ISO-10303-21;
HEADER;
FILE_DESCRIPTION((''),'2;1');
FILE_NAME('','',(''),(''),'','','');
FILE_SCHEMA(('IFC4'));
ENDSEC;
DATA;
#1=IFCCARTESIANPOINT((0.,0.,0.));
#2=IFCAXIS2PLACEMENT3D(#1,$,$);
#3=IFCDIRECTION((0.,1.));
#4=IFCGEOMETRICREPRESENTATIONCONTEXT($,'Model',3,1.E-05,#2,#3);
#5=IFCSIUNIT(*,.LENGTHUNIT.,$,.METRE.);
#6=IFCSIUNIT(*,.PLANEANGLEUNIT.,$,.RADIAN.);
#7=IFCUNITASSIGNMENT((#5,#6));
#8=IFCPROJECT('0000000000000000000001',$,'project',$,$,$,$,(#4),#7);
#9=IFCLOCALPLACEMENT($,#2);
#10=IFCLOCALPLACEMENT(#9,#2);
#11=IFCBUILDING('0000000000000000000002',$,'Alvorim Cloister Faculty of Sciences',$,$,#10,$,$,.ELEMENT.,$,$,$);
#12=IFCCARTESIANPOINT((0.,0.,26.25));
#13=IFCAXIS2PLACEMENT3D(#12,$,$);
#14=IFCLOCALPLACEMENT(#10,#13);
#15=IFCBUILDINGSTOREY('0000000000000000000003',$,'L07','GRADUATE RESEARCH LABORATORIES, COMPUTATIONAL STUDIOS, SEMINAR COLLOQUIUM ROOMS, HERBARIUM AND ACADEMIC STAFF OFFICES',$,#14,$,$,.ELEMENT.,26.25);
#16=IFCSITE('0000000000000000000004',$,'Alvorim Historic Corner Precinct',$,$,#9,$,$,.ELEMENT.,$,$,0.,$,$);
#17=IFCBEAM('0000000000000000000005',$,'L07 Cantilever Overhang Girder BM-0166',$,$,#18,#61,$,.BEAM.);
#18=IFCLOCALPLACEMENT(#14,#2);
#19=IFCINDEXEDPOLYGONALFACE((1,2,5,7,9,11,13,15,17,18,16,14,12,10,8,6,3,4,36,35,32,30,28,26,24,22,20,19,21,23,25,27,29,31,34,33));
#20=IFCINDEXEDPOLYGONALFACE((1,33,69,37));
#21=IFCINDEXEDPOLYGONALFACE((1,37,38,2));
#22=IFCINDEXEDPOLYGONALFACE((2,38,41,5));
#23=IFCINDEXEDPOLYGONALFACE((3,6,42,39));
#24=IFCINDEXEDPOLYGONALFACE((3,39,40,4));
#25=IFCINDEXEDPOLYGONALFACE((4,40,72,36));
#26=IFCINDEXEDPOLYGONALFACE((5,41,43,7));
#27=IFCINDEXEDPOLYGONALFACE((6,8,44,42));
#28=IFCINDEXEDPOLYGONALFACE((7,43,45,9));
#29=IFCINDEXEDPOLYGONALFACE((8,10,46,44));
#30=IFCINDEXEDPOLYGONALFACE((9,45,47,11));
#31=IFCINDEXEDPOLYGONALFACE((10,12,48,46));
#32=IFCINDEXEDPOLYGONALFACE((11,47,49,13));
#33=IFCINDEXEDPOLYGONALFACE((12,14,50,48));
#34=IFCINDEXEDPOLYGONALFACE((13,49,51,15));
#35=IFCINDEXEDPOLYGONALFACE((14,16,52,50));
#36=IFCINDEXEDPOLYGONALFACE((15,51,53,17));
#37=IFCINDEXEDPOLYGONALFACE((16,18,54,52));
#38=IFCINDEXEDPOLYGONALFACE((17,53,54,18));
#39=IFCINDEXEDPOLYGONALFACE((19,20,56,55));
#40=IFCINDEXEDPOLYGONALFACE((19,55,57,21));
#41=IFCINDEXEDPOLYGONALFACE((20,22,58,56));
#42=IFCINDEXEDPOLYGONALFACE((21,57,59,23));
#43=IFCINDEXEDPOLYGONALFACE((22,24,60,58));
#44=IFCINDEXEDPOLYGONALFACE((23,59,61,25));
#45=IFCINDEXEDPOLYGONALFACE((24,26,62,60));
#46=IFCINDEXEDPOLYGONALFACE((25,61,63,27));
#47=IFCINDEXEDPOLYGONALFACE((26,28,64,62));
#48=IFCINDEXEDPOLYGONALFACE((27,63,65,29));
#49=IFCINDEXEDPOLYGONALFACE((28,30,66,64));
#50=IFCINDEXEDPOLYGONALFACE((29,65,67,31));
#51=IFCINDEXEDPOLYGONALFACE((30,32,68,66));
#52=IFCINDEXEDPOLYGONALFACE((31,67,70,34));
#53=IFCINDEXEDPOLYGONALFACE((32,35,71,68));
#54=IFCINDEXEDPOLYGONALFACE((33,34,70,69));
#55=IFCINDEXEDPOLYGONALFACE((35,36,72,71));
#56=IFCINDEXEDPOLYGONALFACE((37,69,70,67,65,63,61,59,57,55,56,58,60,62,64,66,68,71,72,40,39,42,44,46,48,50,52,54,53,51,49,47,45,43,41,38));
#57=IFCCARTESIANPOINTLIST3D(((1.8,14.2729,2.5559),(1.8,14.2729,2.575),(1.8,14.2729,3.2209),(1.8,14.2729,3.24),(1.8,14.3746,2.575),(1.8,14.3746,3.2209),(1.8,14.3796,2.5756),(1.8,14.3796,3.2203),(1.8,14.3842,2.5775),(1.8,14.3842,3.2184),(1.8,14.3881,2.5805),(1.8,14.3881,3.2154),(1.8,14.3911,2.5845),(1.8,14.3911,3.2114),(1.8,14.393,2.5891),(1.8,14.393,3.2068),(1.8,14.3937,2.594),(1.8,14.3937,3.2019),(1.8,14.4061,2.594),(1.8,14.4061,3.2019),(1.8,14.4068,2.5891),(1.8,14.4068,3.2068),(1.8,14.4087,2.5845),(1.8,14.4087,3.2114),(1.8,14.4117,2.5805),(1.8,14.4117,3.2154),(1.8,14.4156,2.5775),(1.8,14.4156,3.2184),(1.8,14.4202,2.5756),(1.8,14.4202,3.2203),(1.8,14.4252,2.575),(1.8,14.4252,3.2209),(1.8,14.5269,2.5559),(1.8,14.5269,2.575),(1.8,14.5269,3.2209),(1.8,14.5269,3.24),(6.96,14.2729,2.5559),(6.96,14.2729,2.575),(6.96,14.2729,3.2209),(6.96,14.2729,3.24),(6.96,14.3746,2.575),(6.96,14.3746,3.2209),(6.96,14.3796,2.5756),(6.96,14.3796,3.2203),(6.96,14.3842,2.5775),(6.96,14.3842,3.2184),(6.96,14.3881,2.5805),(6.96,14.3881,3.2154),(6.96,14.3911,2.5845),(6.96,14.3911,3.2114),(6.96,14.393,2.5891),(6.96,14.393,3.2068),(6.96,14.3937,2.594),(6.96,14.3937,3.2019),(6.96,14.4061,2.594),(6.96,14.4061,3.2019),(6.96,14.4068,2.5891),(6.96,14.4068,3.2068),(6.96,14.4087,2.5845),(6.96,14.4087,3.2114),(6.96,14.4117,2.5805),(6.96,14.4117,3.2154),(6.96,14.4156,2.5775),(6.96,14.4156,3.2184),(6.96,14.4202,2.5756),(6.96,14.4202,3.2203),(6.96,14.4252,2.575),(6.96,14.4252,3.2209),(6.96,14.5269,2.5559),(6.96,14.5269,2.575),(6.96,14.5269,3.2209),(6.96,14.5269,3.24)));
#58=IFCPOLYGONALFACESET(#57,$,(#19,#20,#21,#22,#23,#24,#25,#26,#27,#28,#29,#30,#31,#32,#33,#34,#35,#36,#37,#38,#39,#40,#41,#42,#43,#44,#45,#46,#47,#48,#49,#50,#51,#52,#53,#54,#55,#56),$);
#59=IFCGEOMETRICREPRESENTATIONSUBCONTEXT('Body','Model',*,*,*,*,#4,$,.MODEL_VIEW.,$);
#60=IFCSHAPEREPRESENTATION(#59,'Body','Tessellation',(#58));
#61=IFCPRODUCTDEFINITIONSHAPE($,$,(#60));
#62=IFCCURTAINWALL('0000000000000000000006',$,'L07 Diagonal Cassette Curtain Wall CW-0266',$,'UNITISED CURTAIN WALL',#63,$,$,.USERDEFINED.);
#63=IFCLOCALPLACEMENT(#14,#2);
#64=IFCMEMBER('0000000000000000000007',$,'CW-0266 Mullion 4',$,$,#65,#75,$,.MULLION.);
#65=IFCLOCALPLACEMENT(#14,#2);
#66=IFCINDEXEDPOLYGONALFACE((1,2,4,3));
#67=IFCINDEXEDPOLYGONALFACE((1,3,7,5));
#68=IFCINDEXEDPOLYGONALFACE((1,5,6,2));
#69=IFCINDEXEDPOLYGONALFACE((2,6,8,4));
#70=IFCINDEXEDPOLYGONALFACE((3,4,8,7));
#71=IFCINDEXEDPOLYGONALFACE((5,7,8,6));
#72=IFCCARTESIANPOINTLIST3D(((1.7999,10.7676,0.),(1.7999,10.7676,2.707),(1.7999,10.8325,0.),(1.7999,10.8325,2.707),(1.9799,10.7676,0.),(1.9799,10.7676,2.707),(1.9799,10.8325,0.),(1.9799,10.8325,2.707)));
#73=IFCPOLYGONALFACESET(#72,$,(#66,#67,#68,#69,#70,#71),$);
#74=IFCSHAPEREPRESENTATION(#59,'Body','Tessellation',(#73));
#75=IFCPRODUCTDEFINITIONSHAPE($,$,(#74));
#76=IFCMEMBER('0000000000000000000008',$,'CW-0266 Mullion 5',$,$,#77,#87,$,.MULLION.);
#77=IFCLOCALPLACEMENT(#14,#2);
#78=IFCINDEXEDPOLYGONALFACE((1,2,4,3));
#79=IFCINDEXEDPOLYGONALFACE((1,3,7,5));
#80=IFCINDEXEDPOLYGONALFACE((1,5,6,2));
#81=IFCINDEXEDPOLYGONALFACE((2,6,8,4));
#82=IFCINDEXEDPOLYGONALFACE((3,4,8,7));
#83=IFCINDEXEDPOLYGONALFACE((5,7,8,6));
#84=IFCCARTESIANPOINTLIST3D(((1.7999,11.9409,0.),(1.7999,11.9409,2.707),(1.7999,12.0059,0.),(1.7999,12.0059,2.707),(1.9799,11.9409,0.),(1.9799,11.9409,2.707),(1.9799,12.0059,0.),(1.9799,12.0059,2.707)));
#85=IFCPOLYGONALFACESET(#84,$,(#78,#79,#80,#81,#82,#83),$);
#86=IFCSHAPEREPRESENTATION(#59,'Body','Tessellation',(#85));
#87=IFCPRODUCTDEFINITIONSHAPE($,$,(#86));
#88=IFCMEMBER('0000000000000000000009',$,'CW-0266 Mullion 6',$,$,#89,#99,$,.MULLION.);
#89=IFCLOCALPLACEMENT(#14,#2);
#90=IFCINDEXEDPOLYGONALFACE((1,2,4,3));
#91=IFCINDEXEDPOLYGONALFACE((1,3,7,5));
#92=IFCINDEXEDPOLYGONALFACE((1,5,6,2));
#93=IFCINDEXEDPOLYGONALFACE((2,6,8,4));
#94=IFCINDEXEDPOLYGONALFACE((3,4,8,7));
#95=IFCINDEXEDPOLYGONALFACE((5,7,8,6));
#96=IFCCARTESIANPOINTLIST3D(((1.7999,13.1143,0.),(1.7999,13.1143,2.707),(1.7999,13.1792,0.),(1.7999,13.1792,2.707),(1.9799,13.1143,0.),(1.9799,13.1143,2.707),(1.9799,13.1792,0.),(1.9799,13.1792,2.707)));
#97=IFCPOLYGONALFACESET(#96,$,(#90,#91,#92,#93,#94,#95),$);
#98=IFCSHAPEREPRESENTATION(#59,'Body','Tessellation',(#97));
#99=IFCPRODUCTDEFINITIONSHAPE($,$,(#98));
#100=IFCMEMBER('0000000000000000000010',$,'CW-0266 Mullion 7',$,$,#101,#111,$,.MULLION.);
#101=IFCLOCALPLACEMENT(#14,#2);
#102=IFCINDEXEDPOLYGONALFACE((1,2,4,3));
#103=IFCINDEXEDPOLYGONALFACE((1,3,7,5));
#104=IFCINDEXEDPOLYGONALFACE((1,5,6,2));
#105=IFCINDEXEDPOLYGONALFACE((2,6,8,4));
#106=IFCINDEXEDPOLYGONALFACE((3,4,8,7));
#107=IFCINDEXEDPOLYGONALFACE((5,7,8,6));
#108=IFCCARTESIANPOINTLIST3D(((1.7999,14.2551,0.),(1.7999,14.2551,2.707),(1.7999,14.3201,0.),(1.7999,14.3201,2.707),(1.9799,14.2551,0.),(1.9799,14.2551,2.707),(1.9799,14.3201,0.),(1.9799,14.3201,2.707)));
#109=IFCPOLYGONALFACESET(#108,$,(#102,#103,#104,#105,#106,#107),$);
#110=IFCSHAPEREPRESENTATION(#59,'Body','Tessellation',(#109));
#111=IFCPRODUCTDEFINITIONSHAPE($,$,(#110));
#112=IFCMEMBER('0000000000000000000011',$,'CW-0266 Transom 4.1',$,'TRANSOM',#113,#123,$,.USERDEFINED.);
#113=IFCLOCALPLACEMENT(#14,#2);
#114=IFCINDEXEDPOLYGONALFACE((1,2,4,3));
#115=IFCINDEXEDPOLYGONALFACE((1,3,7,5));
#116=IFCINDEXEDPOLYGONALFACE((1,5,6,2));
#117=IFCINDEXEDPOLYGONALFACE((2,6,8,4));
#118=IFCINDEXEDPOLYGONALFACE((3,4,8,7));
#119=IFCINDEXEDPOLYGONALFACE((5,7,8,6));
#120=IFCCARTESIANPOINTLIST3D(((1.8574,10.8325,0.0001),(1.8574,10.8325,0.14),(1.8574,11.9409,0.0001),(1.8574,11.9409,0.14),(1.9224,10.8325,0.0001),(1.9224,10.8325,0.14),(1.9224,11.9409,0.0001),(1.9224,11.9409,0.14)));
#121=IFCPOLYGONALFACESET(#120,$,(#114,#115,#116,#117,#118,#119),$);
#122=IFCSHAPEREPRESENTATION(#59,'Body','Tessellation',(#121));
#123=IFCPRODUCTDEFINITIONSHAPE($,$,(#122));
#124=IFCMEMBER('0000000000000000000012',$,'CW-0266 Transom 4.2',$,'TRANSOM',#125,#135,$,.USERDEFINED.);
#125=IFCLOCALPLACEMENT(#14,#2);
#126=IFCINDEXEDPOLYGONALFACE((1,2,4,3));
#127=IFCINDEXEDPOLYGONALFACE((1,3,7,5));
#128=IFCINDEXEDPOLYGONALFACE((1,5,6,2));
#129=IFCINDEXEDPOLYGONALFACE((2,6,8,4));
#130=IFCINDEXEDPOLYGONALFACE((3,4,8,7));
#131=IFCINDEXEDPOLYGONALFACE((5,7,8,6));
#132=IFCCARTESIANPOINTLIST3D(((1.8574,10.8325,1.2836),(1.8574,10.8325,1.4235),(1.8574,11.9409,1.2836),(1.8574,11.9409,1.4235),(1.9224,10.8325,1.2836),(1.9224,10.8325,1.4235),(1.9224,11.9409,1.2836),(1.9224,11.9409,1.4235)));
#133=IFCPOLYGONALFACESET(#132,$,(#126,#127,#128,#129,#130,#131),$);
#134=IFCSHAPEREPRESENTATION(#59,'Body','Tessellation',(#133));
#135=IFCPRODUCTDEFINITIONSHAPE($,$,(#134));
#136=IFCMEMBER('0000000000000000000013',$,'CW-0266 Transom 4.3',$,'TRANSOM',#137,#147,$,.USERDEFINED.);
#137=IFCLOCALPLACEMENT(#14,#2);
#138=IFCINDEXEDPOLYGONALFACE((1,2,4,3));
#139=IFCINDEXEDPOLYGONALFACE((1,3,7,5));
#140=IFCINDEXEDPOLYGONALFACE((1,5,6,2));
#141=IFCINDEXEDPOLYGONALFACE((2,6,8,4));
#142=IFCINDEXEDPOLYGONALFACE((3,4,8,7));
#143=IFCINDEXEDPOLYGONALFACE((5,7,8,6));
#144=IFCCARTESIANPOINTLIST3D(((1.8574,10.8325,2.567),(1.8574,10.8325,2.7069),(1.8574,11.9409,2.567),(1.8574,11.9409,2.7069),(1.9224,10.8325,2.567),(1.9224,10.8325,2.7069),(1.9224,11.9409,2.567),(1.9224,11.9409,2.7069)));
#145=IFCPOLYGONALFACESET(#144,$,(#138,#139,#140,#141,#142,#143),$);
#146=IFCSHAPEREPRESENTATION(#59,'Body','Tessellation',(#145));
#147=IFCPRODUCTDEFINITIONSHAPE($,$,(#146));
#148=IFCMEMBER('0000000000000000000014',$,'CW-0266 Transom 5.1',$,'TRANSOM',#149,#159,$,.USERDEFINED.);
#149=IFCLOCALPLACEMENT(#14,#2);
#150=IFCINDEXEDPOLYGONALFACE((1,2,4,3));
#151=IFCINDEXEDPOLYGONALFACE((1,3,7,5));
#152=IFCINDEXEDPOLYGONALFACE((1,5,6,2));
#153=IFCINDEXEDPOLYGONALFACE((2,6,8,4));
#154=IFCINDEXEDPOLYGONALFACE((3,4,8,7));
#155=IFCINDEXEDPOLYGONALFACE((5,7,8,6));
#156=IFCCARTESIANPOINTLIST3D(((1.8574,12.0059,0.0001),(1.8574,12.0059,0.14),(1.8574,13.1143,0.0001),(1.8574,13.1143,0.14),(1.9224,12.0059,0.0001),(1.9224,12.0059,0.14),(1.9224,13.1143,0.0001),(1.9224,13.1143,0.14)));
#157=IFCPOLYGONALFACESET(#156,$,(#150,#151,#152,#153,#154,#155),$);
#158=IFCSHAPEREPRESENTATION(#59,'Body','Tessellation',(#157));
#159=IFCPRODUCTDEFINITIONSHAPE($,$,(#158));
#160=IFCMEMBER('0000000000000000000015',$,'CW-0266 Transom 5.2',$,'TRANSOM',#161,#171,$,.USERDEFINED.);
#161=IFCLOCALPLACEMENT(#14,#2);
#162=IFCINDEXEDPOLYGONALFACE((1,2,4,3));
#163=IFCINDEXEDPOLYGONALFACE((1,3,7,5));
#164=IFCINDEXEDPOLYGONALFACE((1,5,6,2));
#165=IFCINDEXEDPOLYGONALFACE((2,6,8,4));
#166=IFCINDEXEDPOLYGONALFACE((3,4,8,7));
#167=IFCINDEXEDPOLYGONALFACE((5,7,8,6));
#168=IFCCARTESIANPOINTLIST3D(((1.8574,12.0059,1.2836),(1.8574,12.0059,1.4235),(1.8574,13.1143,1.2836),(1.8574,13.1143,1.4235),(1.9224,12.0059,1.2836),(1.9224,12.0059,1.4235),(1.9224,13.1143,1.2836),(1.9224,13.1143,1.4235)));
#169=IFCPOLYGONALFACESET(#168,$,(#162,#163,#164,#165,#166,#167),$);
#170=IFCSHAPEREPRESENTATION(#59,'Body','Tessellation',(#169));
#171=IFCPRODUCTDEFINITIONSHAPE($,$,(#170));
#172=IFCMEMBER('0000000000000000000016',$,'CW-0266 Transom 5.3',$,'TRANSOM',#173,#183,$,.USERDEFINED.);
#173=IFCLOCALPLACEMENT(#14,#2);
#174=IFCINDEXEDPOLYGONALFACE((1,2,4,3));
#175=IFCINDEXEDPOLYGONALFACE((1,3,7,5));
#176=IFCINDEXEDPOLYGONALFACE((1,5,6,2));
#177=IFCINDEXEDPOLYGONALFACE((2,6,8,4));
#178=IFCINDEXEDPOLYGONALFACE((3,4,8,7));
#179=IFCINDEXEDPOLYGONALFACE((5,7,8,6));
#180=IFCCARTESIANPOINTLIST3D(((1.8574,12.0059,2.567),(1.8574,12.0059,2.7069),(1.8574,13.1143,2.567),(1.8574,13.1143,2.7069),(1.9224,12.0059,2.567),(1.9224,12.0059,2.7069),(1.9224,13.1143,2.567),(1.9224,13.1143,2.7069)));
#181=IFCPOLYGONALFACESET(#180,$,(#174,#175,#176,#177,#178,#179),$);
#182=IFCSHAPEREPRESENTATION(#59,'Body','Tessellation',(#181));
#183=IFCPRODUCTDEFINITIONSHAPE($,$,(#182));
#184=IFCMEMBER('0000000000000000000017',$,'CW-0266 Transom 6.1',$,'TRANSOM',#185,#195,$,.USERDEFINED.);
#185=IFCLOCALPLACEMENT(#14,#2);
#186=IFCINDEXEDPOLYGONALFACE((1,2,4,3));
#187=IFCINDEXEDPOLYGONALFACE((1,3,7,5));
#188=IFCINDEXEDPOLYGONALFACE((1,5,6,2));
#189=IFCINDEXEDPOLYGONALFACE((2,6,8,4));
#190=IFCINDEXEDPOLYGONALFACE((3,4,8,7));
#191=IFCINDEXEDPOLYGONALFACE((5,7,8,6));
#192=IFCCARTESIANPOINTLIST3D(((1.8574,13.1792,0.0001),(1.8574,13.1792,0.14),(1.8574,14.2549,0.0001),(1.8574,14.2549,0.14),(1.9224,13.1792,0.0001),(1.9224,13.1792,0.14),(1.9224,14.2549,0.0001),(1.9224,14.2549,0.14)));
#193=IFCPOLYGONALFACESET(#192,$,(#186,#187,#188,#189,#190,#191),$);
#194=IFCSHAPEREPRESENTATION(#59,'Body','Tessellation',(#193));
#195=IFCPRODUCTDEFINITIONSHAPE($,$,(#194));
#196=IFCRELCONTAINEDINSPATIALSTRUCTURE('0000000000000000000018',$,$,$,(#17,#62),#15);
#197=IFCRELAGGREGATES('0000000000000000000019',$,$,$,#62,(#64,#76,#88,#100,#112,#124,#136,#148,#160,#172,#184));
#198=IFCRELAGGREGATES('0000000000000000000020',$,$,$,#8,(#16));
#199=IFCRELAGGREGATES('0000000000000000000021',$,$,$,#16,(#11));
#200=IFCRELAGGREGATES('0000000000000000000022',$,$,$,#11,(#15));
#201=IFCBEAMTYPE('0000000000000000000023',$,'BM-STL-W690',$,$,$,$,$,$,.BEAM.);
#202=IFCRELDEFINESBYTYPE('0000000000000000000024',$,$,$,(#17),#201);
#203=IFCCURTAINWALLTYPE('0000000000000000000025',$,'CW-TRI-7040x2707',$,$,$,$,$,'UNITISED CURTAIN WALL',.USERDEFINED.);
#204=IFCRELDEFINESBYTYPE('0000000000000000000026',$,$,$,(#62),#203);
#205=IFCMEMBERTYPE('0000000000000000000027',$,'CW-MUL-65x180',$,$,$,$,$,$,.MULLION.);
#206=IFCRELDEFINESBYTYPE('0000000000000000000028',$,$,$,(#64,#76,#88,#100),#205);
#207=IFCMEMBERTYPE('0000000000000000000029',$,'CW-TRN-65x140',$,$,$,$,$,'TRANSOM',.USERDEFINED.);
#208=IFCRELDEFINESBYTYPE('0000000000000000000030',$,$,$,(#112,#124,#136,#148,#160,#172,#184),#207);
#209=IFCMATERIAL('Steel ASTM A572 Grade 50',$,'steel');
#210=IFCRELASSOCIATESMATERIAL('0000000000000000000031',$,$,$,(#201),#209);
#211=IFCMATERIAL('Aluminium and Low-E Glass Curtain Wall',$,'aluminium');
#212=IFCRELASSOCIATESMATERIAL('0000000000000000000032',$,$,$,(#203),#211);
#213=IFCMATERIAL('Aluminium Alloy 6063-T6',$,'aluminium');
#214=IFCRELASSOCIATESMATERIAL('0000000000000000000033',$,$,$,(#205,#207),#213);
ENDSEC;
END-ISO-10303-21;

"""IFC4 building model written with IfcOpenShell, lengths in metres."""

from ifc_helpers import new_model, si_unit, direction, frame, origin, origin_2d, place, context, subcontext, project, spatial, rectangle, i_section, extrude, material, material_profile, profile_set, type_object, element, aggregate, save


model = new_model("IFC4")

# Units and contexts
model_context = context("Model", 3, precision=1e-05, world=origin(), true_north=direction((0.0, 1.0)))
body_context = subcontext(model_context, "Body", "Model", "MODEL_VIEW")
ifc_project = project(units=[si_unit("LENGTHUNIT", "METRE"), si_unit("PLANEANGLEUNIT", "RADIAN")], contexts=[model_context])

# Site, building, storey
site_placement = place(None, origin())
site = spatial("IfcSite", under=ifc_project, at=site_placement, Name="Alvorim Historic Corner Precinct", CompositionType="ELEMENT", RefElevation=0.0)
building_placement = place(site_placement, origin())
building = spatial("IfcBuilding", under=site, at=building_placement, Name="Alvorim Cloister Faculty of Sciences", CompositionType="ELEMENT")
storey_placement = place(building_placement, frame((0.0, 0.0, 26.25)))
storey = spatial("IfcBuildingStorey", under=building, at=storey_placement, Name="L07", Description="GRADUATE RESEARCH LABORATORIES, COMPUTATIONAL STUDIOS, SEMINAR COLLOQUIUM ROOMS, HERBARIUM AND ACADEMIC STAFF OFFICES", CompositionType="ELEMENT", Elevation=26.25)

# Beam
ifc_material_1 = material(Name="Steel ASTM A572 Grade 50", Category="steel")
ifc_material_profile_1 = material_profile(ifc_material_1, i_section(OverallWidth=0.2539, OverallDepth=0.6841, WebThickness=0.0125, FlangeThickness=0.019, FilletRadius=0.019, at=origin_2d()), Name="W690x140.0")
ifc_profile_set_1 = profile_set([ifc_material_profile_1], Name="Steel ASTM A572 Grade 50")
beam_type_1 = type_object("IfcBeamType", Name="BM-STL-W690", PredefinedType="BEAM", material=ifc_profile_set_1)
beam_1_placement = place(storey_placement, frame((1.8, 14.3999, 2.8979), z_axis=(1.0, 0.0, 0.0), x_axis=(0.0, 1.0, 0.0)))
element("IfcBeam", 1, at=beam_1_placement, inside=storey, type_object=beam_type_1, Name="L07 Cantilever Overhang Girder BM-0166", PredefinedType="BEAM", context=body_context, shape_type="SweptSolid", body=[
    extrude(i_section(OverallWidth=0.2539, OverallDepth=0.6841, WebThickness=0.0125, FlangeThickness=0.019, FilletRadius=0.019, at=origin_2d()), origin(), (0.0, 0.0, 1.0), 5.1599),
])

# Curtain wall, members
ifc_material_2 = material(Name="Aluminium and Low-E Glass Curtain Wall", Category="aluminium")
curtain_wall_type = type_object("IfcCurtainWallType", Name="CW-TRI-7040x2707", ElementType="UNITISED CURTAIN WALL", PredefinedType="USERDEFINED", material=ifc_material_2)
curtain_wall_placement = place(storey_placement, origin())
curtain_wall = element("IfcCurtainWall", 2, at=curtain_wall_placement, inside=storey, type_object=curtain_wall_type, Name="L07 Diagonal Cassette Curtain Wall CW-0266", ObjectType="UNITISED CURTAIN WALL", PredefinedType="USERDEFINED")
ifc_material_3 = material(Name="Aluminium Alloy 6063-T6", Category="aluminium")
ifc_material_profile_2 = material_profile(ifc_material_3, rectangle(XDim=0.0649, YDim=0.1799, at=origin_2d()), Name="ALU-MUL-65x180")
ifc_profile_set_2 = profile_set([ifc_material_profile_2], Name="Aluminium Alloy 6063-T6")
member_type_1 = type_object("IfcMemberType", Name="CW-MUL-65x180", PredefinedType="MULLION", material=ifc_profile_set_2)
member_1_placement = place(storey_placement, frame((1.8899, 10.8, 0.0), z_axis=(0.0, 0.0, 1.0), x_axis=(0.0, 1.0, 0.0)))
member_1 = element("IfcMember", 3, at=member_1_placement, type_object=member_type_1, Name="CW-0266 Mullion 4", PredefinedType="MULLION", context=body_context, shape_type="SweptSolid", body=[
    extrude(rectangle(XDim=0.0649, YDim=0.1799, at=origin_2d()), origin(), (0.0, 0.0, 1.0), 2.707),
])
member_2_placement = place(storey_placement, frame((1.8899, 11.9734, 0.0), z_axis=(0.0, 0.0, 1.0), x_axis=(0.0, 1.0, 0.0)))
member_2 = element("IfcMember", 4, at=member_2_placement, type_object=member_type_1, Name="CW-0266 Mullion 5", PredefinedType="MULLION", context=body_context, shape_type="SweptSolid", body=[
    extrude(rectangle(XDim=0.0649, YDim=0.1799, at=origin_2d()), origin(), (0.0, 0.0, 1.0), 2.707),
])
member_3_placement = place(storey_placement, frame((1.8899, 13.1467, 0.0), z_axis=(0.0, 0.0, 1.0), x_axis=(0.0, 1.0, 0.0)))
member_3 = element("IfcMember", 5, at=member_3_placement, type_object=member_type_1, Name="CW-0266 Mullion 6", PredefinedType="MULLION", context=body_context, shape_type="SweptSolid", body=[
    extrude(rectangle(XDim=0.0649, YDim=0.1799, at=origin_2d()), origin(), (0.0, 0.0, 1.0), 2.707),
])
member_4_placement = place(storey_placement, frame((1.8899, 14.2876, 0.0), z_axis=(0.0, 0.0, 1.0), x_axis=(0.0, 1.0, 0.0)))
member_4 = element("IfcMember", 6, at=member_4_placement, type_object=member_type_1, Name="CW-0266 Mullion 7", PredefinedType="MULLION", context=body_context, shape_type="SweptSolid", body=[
    extrude(rectangle(XDim=0.0649, YDim=0.1799, at=origin_2d()), origin(), (0.0, 0.0, 1.0), 2.707),
])
ifc_material_profile_3 = material_profile(ifc_material_3, rectangle(XDim=0.0649, YDim=0.1399, at=origin_2d()), Name="ALU-TRN-65x140")
ifc_profile_set_3 = profile_set([ifc_material_profile_3], Name="Aluminium Alloy 6063-T6")
member_type_2 = type_object("IfcMemberType", Name="CW-TRN-65x140", ElementType="TRANSOM", PredefinedType="USERDEFINED", material=ifc_profile_set_3)
member_5_placement = place(storey_placement, frame((1.8899, 10.8325, 0.0701), z_axis=(0.0, 1.0, 0.0), x_axis=(-1.0, 0.0, 0.0)))
member_5 = element("IfcMember", 7, at=member_5_placement, type_object=member_type_2, Name="CW-0266 Transom 4.1", ObjectType="TRANSOM", PredefinedType="USERDEFINED", context=body_context, shape_type="SweptSolid", body=[
    extrude(rectangle(XDim=0.0649, YDim=0.1399, at=origin_2d()), origin(), (0.0, 0.0, 1.0), 1.1084),
])
member_6_placement = place(storey_placement, frame((1.8899, 10.8325, 1.3535), z_axis=(0.0, 1.0, 0.0), x_axis=(-1.0, 0.0, 0.0)))
member_6 = element("IfcMember", 8, at=member_6_placement, type_object=member_type_2, Name="CW-0266 Transom 4.2", ObjectType="TRANSOM", PredefinedType="USERDEFINED", context=body_context, shape_type="SweptSolid", body=[
    extrude(rectangle(XDim=0.0649, YDim=0.1399, at=origin_2d()), origin(), (0.0, 0.0, 1.0), 1.1084),
])
member_7_placement = place(storey_placement, frame((1.8899, 10.8325, 2.637), z_axis=(0.0, 1.0, 0.0), x_axis=(-1.0, 0.0, 0.0)))
member_7 = element("IfcMember", 9, at=member_7_placement, type_object=member_type_2, Name="CW-0266 Transom 4.3", ObjectType="TRANSOM", PredefinedType="USERDEFINED", context=body_context, shape_type="SweptSolid", body=[
    extrude(rectangle(XDim=0.0649, YDim=0.1399, at=origin_2d()), origin(), (0.0, 0.0, 1.0), 1.1084),
])
member_8_placement = place(storey_placement, frame((1.8899, 12.0059, 0.0701), z_axis=(0.0, 1.0, 0.0), x_axis=(-1.0, 0.0, 0.0)))
member_8 = element("IfcMember", 10, at=member_8_placement, type_object=member_type_2, Name="CW-0266 Transom 5.1", ObjectType="TRANSOM", PredefinedType="USERDEFINED", context=body_context, shape_type="SweptSolid", body=[
    extrude(rectangle(XDim=0.0649, YDim=0.1399, at=origin_2d()), origin(), (0.0, 0.0, 1.0), 1.1084),
])
member_9_placement = place(storey_placement, frame((1.8899, 12.0059, 1.3535), z_axis=(0.0, 1.0, 0.0), x_axis=(-1.0, 0.0, 0.0)))
member_9 = element("IfcMember", 11, at=member_9_placement, type_object=member_type_2, Name="CW-0266 Transom 5.2", ObjectType="TRANSOM", PredefinedType="USERDEFINED", context=body_context, shape_type="SweptSolid", body=[
    extrude(rectangle(XDim=0.0649, YDim=0.1399, at=origin_2d()), origin(), (0.0, 0.0, 1.0), 1.1084),
])
member_10_placement = place(storey_placement, frame((1.8899, 12.0059, 2.637), z_axis=(0.0, 1.0, 0.0), x_axis=(-1.0, 0.0, 0.0)))
member_10 = element("IfcMember", 12, at=member_10_placement, type_object=member_type_2, Name="CW-0266 Transom 5.3", ObjectType="TRANSOM", PredefinedType="USERDEFINED", context=body_context, shape_type="SweptSolid", body=[
    extrude(rectangle(XDim=0.0649, YDim=0.1399, at=origin_2d()), origin(), (0.0, 0.0, 1.0), 1.1084),
])
member_11_placement = place(storey_placement, frame((1.8899, 13.1792, 0.0701), z_axis=(0.0, 1.0, 0.0), x_axis=(-1.0, 0.0, 0.0)))
member_11 = element("IfcMember", 13, at=member_11_placement, type_object=member_type_2, Name="CW-0266 Transom 6.1", ObjectType="TRANSOM", PredefinedType="USERDEFINED", context=body_context, shape_type="SweptSolid", body=[
    extrude(rectangle(XDim=0.0649, YDim=0.1399, at=origin_2d()), origin(), (0.0, 0.0, 1.0), 1.0757),
])
aggregate(curtain_wall, [member_1, member_2, member_3, member_4, member_5, member_6, member_7, member_8, member_9, member_10, member_11])

save(model, "model.ifc")
